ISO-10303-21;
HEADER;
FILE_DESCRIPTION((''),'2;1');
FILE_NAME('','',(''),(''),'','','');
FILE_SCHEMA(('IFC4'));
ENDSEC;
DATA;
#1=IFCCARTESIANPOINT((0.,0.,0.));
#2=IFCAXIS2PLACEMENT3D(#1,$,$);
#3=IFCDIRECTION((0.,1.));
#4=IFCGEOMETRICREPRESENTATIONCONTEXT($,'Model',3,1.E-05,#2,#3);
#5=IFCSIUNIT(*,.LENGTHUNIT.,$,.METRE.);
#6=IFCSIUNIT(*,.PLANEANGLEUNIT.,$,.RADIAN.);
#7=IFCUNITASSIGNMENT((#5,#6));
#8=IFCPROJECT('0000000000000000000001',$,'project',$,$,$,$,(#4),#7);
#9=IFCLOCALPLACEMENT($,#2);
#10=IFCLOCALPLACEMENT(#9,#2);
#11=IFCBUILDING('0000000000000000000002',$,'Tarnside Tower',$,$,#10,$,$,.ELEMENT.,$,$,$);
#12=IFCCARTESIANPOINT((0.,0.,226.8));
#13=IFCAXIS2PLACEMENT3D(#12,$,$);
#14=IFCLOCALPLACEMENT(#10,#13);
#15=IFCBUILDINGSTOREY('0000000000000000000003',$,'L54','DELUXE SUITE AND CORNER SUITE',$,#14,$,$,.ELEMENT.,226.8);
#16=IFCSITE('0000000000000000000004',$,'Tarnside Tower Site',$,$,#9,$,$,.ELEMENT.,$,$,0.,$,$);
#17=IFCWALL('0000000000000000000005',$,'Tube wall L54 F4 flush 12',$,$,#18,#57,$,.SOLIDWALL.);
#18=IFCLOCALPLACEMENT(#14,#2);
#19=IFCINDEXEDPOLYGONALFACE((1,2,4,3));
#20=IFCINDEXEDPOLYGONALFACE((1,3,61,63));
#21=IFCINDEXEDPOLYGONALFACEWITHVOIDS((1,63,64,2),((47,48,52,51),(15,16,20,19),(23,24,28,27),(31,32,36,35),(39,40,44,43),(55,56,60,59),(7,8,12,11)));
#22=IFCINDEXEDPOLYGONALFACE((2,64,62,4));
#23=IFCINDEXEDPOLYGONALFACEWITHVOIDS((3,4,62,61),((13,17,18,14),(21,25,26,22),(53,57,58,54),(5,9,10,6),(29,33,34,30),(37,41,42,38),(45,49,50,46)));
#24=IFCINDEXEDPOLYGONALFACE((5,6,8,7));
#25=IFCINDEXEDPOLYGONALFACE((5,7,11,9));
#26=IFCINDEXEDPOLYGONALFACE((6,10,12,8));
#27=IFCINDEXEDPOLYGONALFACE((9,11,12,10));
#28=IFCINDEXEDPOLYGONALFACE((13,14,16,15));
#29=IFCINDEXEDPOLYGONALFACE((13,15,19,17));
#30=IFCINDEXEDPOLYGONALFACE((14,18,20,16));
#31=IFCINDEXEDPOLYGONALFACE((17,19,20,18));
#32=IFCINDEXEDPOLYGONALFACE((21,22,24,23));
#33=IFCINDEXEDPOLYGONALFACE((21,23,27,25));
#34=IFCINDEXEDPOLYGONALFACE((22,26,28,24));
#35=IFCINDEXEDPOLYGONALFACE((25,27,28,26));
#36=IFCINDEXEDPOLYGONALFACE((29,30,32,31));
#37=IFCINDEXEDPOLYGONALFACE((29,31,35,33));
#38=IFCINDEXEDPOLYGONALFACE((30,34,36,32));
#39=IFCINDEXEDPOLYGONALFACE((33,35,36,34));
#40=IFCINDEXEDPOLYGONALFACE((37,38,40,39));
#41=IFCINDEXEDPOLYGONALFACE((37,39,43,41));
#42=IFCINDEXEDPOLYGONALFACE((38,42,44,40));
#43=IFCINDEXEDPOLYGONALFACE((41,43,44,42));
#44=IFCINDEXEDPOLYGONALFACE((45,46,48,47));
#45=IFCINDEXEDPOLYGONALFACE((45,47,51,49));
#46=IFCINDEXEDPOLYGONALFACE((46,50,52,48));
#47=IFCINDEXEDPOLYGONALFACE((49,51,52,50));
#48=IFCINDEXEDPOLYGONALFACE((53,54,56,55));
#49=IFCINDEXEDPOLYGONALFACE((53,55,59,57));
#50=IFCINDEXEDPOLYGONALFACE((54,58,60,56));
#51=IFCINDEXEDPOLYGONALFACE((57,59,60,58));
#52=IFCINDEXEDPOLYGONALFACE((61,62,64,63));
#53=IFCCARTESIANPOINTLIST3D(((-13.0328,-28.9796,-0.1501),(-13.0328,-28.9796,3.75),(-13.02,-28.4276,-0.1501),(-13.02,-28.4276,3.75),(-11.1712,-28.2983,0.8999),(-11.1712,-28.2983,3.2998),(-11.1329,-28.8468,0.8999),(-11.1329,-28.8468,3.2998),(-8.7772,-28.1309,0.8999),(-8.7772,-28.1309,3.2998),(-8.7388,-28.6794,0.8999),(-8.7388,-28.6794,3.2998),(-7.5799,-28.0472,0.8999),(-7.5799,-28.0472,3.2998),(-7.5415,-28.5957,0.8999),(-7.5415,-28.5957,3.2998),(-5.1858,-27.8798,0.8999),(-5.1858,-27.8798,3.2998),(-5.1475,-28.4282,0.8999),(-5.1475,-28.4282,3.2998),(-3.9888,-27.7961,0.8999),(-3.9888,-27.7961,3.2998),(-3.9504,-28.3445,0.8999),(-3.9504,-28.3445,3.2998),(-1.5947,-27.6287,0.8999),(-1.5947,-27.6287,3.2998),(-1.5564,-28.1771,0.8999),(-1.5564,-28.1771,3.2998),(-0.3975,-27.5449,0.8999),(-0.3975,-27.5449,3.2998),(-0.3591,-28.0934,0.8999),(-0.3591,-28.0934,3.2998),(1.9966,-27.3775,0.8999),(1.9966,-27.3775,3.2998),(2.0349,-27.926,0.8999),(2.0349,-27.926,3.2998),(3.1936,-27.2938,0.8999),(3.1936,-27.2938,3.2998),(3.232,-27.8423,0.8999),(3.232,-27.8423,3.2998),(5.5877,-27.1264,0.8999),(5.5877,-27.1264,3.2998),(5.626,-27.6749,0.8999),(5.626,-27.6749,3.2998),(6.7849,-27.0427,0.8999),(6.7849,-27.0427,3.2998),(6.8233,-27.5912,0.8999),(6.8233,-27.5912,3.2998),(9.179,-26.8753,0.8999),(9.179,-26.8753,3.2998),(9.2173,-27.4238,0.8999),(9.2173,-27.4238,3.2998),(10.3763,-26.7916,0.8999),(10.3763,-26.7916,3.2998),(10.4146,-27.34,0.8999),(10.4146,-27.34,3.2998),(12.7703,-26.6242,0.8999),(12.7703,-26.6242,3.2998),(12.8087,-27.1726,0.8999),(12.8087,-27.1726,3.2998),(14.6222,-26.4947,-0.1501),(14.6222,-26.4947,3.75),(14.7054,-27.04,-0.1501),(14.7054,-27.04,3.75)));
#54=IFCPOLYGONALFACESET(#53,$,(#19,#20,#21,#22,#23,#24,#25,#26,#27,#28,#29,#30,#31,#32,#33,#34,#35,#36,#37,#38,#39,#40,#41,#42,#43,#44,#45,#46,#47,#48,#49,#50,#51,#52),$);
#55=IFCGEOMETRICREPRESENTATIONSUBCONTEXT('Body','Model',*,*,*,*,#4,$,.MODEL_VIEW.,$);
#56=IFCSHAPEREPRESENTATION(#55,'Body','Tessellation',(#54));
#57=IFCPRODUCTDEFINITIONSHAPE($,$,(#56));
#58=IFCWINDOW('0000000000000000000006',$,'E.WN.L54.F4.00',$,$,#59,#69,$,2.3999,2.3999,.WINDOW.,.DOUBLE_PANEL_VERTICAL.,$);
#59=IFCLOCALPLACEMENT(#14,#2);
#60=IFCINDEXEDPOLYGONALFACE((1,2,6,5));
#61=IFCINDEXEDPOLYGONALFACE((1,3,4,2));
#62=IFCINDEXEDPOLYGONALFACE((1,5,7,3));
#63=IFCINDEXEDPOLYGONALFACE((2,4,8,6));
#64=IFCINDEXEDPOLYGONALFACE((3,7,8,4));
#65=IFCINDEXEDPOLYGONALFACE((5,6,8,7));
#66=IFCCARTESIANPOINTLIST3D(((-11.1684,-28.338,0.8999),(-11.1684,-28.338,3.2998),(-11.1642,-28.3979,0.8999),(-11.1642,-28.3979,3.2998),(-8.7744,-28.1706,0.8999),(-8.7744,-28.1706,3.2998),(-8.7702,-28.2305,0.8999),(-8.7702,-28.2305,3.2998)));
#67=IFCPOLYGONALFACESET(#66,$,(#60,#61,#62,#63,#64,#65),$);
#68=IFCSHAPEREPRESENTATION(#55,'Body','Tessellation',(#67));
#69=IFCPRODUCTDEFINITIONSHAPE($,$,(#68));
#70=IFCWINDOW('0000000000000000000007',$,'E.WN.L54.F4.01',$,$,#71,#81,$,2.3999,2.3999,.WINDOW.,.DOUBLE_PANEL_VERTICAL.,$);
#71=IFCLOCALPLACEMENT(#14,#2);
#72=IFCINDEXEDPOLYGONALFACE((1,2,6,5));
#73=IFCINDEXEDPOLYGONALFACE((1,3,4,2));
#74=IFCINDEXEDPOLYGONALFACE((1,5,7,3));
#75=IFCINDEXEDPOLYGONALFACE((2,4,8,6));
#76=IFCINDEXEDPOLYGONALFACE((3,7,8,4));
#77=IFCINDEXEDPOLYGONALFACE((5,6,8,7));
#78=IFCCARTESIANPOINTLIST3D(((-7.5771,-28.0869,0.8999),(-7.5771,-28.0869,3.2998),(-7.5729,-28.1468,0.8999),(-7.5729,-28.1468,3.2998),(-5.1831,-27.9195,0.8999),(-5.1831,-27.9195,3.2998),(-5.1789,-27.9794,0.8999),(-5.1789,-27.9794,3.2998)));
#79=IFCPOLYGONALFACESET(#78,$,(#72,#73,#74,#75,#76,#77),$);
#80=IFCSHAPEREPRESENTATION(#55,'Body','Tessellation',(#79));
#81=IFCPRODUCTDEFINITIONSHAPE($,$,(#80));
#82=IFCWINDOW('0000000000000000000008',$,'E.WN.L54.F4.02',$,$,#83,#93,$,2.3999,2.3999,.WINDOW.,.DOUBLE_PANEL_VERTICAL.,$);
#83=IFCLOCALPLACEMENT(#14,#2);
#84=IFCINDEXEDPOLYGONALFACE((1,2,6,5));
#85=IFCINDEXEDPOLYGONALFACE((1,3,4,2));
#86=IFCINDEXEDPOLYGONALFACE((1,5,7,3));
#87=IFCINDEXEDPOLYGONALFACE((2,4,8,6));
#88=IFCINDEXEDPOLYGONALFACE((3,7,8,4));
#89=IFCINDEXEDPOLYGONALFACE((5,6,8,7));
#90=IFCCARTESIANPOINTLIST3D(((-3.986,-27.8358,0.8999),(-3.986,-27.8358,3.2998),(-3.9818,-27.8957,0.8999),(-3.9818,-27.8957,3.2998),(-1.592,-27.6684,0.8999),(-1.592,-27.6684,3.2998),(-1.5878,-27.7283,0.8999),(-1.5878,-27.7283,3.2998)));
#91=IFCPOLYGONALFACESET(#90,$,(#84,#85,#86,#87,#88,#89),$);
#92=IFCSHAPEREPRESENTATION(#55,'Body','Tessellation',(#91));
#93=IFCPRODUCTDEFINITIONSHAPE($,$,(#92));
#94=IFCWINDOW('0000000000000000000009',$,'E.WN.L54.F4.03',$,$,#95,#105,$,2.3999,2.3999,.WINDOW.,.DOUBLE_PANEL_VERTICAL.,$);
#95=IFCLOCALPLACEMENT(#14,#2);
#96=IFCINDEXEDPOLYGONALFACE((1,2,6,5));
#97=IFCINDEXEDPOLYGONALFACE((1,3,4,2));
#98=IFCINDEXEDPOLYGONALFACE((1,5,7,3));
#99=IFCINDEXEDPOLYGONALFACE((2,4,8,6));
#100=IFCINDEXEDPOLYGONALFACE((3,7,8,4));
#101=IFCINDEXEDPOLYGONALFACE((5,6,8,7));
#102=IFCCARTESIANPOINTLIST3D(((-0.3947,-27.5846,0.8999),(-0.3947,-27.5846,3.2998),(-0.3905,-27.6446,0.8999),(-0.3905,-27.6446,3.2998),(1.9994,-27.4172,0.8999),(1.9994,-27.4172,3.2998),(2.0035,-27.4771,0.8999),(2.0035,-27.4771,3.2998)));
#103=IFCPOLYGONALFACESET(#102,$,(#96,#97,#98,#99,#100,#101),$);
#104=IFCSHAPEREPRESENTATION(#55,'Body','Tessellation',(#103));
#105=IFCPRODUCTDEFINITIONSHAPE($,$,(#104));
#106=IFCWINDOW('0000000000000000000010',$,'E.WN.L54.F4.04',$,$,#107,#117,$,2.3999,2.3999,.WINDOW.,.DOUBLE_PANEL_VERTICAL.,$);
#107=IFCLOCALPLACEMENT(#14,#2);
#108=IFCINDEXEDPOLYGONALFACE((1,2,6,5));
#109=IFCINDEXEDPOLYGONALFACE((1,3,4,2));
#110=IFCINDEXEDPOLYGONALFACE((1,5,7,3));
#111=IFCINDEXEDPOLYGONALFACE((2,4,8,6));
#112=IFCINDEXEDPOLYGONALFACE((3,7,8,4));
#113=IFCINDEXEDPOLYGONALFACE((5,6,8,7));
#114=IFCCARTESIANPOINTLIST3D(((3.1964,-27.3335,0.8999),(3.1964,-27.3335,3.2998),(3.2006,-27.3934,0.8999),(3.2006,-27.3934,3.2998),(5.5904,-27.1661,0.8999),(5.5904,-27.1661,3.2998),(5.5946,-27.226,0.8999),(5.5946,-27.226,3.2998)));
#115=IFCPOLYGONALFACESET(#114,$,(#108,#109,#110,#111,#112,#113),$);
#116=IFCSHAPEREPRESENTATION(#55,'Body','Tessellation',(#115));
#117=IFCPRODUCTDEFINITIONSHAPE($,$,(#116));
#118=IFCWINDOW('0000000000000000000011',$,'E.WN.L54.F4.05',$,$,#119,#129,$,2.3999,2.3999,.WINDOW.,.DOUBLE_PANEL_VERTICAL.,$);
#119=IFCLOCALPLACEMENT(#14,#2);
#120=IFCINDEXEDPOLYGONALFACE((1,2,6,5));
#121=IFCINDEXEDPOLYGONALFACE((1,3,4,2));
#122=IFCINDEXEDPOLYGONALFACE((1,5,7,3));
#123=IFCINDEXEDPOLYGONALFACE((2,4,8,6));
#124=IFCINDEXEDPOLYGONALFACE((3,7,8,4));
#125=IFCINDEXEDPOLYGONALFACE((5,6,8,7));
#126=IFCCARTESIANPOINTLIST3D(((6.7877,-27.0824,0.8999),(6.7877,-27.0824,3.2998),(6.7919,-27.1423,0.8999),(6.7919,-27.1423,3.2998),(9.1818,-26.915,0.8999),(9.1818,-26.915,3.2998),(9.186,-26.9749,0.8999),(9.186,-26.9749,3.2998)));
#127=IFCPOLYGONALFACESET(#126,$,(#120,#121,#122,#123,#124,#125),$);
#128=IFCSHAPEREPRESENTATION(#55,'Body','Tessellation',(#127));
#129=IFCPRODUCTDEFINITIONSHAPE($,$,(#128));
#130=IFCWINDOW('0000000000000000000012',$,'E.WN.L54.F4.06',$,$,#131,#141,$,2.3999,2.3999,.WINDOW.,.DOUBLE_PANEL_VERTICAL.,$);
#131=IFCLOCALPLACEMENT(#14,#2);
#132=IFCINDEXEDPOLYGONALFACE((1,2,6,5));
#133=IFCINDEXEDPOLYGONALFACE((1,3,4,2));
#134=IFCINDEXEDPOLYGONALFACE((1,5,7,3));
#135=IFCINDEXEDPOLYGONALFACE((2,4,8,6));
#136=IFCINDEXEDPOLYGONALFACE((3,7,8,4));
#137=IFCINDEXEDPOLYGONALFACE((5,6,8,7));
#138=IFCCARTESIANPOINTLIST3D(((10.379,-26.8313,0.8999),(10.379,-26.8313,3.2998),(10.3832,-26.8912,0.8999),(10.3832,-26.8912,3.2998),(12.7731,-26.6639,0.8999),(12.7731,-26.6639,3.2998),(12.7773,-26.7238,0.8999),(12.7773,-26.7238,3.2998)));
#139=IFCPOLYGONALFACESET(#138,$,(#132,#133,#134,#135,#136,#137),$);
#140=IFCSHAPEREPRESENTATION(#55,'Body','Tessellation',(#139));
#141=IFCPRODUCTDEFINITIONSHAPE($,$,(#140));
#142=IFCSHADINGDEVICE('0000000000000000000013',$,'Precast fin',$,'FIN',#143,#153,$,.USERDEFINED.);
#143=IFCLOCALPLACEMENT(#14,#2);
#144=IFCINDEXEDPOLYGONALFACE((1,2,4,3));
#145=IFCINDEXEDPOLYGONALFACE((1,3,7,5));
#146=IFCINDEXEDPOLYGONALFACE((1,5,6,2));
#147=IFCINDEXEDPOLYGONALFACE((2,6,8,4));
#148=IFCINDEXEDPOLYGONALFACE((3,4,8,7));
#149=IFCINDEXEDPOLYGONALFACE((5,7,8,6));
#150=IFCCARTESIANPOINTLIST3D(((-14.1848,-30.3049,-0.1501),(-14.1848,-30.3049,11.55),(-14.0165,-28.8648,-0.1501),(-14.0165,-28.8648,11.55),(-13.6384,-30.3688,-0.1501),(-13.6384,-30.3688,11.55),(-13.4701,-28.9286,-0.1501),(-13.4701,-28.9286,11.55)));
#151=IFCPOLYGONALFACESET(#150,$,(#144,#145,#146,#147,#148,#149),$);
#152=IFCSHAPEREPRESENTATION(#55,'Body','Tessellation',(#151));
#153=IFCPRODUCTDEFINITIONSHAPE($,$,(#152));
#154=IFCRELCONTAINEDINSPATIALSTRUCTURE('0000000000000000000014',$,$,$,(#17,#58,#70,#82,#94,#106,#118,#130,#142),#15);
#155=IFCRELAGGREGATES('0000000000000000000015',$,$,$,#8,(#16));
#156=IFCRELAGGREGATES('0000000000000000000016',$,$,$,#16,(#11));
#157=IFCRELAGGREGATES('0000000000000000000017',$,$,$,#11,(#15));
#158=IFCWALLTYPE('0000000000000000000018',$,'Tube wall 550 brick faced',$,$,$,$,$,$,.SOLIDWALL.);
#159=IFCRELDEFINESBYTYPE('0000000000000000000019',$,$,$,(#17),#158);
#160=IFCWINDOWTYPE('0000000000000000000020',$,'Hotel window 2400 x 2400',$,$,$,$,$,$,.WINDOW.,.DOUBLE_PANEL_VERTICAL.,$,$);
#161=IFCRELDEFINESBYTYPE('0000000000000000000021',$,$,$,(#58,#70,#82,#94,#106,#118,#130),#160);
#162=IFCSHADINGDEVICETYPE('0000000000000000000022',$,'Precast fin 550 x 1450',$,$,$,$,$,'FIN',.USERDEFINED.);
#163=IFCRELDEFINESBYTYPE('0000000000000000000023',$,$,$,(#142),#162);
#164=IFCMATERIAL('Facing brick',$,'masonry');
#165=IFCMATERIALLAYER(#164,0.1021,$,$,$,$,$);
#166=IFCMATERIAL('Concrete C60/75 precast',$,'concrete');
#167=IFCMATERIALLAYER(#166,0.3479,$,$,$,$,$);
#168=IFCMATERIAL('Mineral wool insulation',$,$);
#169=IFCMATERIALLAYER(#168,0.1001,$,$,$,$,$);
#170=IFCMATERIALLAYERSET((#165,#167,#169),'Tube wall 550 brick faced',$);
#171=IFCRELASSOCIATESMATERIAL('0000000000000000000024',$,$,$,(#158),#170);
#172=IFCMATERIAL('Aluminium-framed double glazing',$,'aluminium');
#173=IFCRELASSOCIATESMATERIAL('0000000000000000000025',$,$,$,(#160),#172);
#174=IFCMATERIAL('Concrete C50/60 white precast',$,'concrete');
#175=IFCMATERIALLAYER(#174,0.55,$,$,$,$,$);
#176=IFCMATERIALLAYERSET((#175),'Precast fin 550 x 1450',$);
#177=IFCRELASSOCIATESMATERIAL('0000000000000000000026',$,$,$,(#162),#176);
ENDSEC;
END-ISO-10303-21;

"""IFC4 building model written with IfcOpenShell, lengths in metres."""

from ifc_helpers import new_model, si_unit, direction, frame, frame_2d, origin, place, context, subcontext, project, spatial, polyline, rectangle, outline, extrude, material, layer, layer_set, type_object, element, fill, save


model = new_model("IFC4")

# Units and contexts
model_context = context("Model", 3, precision=1e-05, world=origin(), true_north=direction((0.0, 1.0)))
body_context = subcontext(model_context, "Body", "Model", "MODEL_VIEW")
ifc_project = project(units=[si_unit("LENGTHUNIT", "METRE"), si_unit("PLANEANGLEUNIT", "RADIAN")], contexts=[model_context])

# Site, building, storey
site_placement = place(None, origin())
site = spatial("IfcSite", under=ifc_project, at=site_placement, Name="Tarnside Tower Site", CompositionType="ELEMENT", RefElevation=0.0)
building_placement = place(site_placement, origin())
building = spatial("IfcBuilding", under=site, at=building_placement, Name="Tarnside Tower", CompositionType="ELEMENT")
storey_placement = place(building_placement, frame((0.0, 0.0, 226.8)))
storey = spatial("IfcBuildingStorey", under=building, at=storey_placement, Name="L54", Description="DELUXE SUITE AND CORNER SUITE", CompositionType="ELEMENT", Elevation=226.8)

# Shared definitions
ifc_material_1 = material(Name="Facing brick", Category="masonry")
ifc_layer_1 = layer(ifc_material_1, 0.1021)
ifc_material_2 = material(Name="Concrete C60/75 precast", Category="concrete")
ifc_layer_2 = layer(ifc_material_2, 0.3479)
ifc_material_3 = material(Name="Mineral wool insulation")
ifc_layer_3 = layer(ifc_material_3, 0.1001)
ifc_layer_set_1 = layer_set([ifc_layer_1, ifc_layer_2, ifc_layer_3], Name="Tube wall 550 brick faced")
wall_type_1 = type_object("IfcWallType", Name="Tube wall 550 brick faced", PredefinedType="SOLIDWALL", material=ifc_layer_set_1)

# Wall, openings, windows
wall_1_placement = place(storey_placement, frame((-13.0264, -28.7036, -0.1501), z_axis=(0.0, 0.0, 1.0), x_axis=(0.997564, 0.069756, 0.0)))
wall_1 = element("IfcWall", 1, at=wall_1_placement, inside=storey, type_object=wall_type_1, Name="Tube wall L54 F4 flush 12", PredefinedType="SOLIDWALL", context=body_context, shape_type="SweptSolid", body=[
    extrude(outline(polyline([(-0.0256, -0.2749), (27.7803, -0.2749), (27.7354, 0.2749), (0.0256, 0.2749), (-0.0256, -0.2749)])), origin(), (0.0, 0.0, 1.0), 3.9001),
])
opening_1_placement = place(wall_1_placement, frame((1.8789, 0.0, 1.05)))
opening_1 = element("IfcOpeningElement", 2, at=opening_1_placement, cuts=wall_1, PredefinedType="OPENING", context=body_context, shape_type="SweptSolid", body=[
    extrude(rectangle(XDim=2.3999, YDim=2.3999, at=frame_2d((1.2, 1.2))), frame((0.0, 0.2852, 0.0), z_axis=(0.0, -1.0, 0.0), x_axis=(1.0, 0.0, 0.0)), (0.0, 0.0, 1.0), 0.5701),
])
opening_2_placement = place(wall_1_placement, frame((5.479, 0.0, 1.05)))
opening_2 = element("IfcOpeningElement", 3, at=opening_2_placement, cuts=wall_1, PredefinedType="OPENING", context=body_context, shape_type="SweptSolid", body=[
    extrude(rectangle(XDim=2.3999, YDim=2.3999, at=frame_2d((1.2, 1.2))), frame((0.0, 0.2852, 0.0), z_axis=(0.0, -1.0, 0.0), x_axis=(1.0, 0.0, 0.0)), (0.0, 0.0, 1.0), 0.5701),
])
opening_3_placement = place(wall_1_placement, frame((9.0789, 0.0, 1.05)))
opening_3 = element("IfcOpeningElement", 4, at=opening_3_placement, cuts=wall_1, PredefinedType="OPENING", context=body_context, shape_type="SweptSolid", body=[
    extrude(rectangle(XDim=2.3999, YDim=2.3999, at=frame_2d((1.2, 1.2))), frame((0.0, 0.2852, 0.0), z_axis=(0.0, -1.0, 0.0), x_axis=(1.0, 0.0, 0.0)), (0.0, 0.0, 1.0), 0.5701),
])
opening_4_placement = place(wall_1_placement, frame((12.679, 0.0, 1.05)))
opening_4 = element("IfcOpeningElement", 5, at=opening_4_placement, cuts=wall_1, PredefinedType="OPENING", context=body_context, shape_type="SweptSolid", body=[
    extrude(rectangle(XDim=2.3999, YDim=2.3999, at=frame_2d((1.2, 1.2))), frame((0.0, 0.2852, 0.0), z_axis=(0.0, -1.0, 0.0), x_axis=(1.0, 0.0, 0.0)), (0.0, 0.0, 1.0), 0.5701),
])
opening_5_placement = place(wall_1_placement, frame((16.2788, 0.0, 1.05)))
opening_5 = element("IfcOpeningElement", 6, at=opening_5_placement, cuts=wall_1, PredefinedType="OPENING", context=body_context, shape_type="SweptSolid", body=[
    extrude(rectangle(XDim=2.3999, YDim=2.3999, at=frame_2d((1.2, 1.2))), frame((0.0, 0.2852, 0.0), z_axis=(0.0, -1.0, 0.0), x_axis=(1.0, 0.0, 0.0)), (0.0, 0.0, 1.0), 0.5701),
])
opening_6_placement = place(wall_1_placement, frame((19.8789, 0.0, 1.05)))
opening_6 = element("IfcOpeningElement", 7, at=opening_6_placement, cuts=wall_1, PredefinedType="OPENING", context=body_context, shape_type="SweptSolid", body=[
    extrude(rectangle(XDim=2.3999, YDim=2.3999, at=frame_2d((1.2, 1.2))), frame((0.0, 0.2852, 0.0), z_axis=(0.0, -1.0, 0.0), x_axis=(1.0, 0.0, 0.0)), (0.0, 0.0, 1.0), 0.5701),
])
opening_7_placement = place(wall_1_placement, frame((23.479, 0.0, 1.05)))
opening_7 = element("IfcOpeningElement", 8, at=opening_7_placement, cuts=wall_1, PredefinedType="OPENING", context=body_context, shape_type="SweptSolid", body=[
    extrude(rectangle(XDim=2.3999, YDim=2.3999, at=frame_2d((1.2, 1.2))), frame((0.0, 0.2852, 0.0), z_axis=(0.0, -1.0, 0.0), x_axis=(1.0, 0.0, 0.0)), (0.0, 0.0, 1.0), 0.5701),
])
ifc_material_4 = material(Name="Aluminium-framed double glazing", Category="aluminium")
window_type = type_object("IfcWindowType", Name="Hotel window 2400 x 2400", PartitioningType="DOUBLE_PANEL_VERTICAL", PredefinedType="WINDOW", material=ifc_material_4)
window_1_placement = place(opening_1_placement, frame((0.0, 0.2051, 0.0)))
window_1 = element("IfcWindow", 9, at=window_1_placement, inside=storey, type_object=window_type, Name="E.WN.L54.F4.00", OverallHeight=2.3999, OverallWidth=2.3999, PartitioningType="DOUBLE_PANEL_VERTICAL", PredefinedType="WINDOW", context=body_context, shape_type="SweptSolid", body=[
    extrude(rectangle(XDim=2.3999, YDim=2.3999, at=frame_2d((1.2, 1.2))), frame((0.0, 0.03, 0.0), z_axis=(0.0, -1.0, 0.0), x_axis=(1.0, 0.0, 0.0)), (0.0, 0.0, 1.0), 0.0601),
])
fill(opening_1, window_1)
window_2_placement = place(opening_2_placement, frame((0.0, 0.2051, 0.0)))
window_2 = element("IfcWindow", 10, at=window_2_placement, inside=storey, type_object=window_type, Name="E.WN.L54.F4.01", OverallHeight=2.3999, OverallWidth=2.3999, PartitioningType="DOUBLE_PANEL_VERTICAL", PredefinedType="WINDOW", context=body_context, shape_type="SweptSolid", body=[
    extrude(rectangle(XDim=2.3999, YDim=2.3999, at=frame_2d((1.2, 1.2))), frame((0.0, 0.03, 0.0), z_axis=(0.0, -1.0, 0.0), x_axis=(1.0, 0.0, 0.0)), (0.0, 0.0, 1.0), 0.0601),
])
fill(opening_2, window_2)
window_3_placement = place(opening_3_placement, frame((0.0, 0.2051, 0.0)))
window_3 = element("IfcWindow", 11, at=window_3_placement, inside=storey, type_object=window_type, Name="E.WN.L54.F4.02", OverallHeight=2.3999, OverallWidth=2.3999, PartitioningType="DOUBLE_PANEL_VERTICAL", PredefinedType="WINDOW", context=body_context, shape_type="SweptSolid", body=[
    extrude(rectangle(XDim=2.3999, YDim=2.3999, at=frame_2d((1.2, 1.2))), frame((0.0, 0.03, 0.0), z_axis=(0.0, -1.0, 0.0), x_axis=(1.0, 0.0, 0.0)), (0.0, 0.0, 1.0), 0.0601),
])
fill(opening_3, window_3)
window_4_placement = place(opening_4_placement, frame((0.0, 0.2051, 0.0)))
window_4 = element("IfcWindow", 12, at=window_4_placement, inside=storey, type_object=window_type, Name="E.WN.L54.F4.03", OverallHeight=2.3999, OverallWidth=2.3999, PartitioningType="DOUBLE_PANEL_VERTICAL", PredefinedType="WINDOW", context=body_context, shape_type="SweptSolid", body=[
    extrude(rectangle(XDim=2.3999, YDim=2.3999, at=frame_2d((1.2, 1.2))), frame((0.0, 0.03, 0.0), z_axis=(0.0, -1.0, 0.0), x_axis=(1.0, 0.0, 0.0)), (0.0, 0.0, 1.0), 0.0601),
])
fill(opening_4, window_4)
window_5_placement = place(opening_5_placement, frame((0.0, 0.2051, 0.0)))
window_5 = element("IfcWindow", 13, at=window_5_placement, inside=storey, type_object=window_type, Name="E.WN.L54.F4.04", OverallHeight=2.3999, OverallWidth=2.3999, PartitioningType="DOUBLE_PANEL_VERTICAL", PredefinedType="WINDOW", context=body_context, shape_type="SweptSolid", body=[
    extrude(rectangle(XDim=2.3999, YDim=2.3999, at=frame_2d((1.2, 1.2))), frame((0.0, 0.03, 0.0), z_axis=(0.0, -1.0, 0.0), x_axis=(1.0, 0.0, 0.0)), (0.0, 0.0, 1.0), 0.0601),
])
fill(opening_5, window_5)
window_6_placement = place(opening_6_placement, frame((0.0, 0.2051, 0.0)))
window_6 = element("IfcWindow", 14, at=window_6_placement, inside=storey, type_object=window_type, Name="E.WN.L54.F4.05", OverallHeight=2.3999, OverallWidth=2.3999, PartitioningType="DOUBLE_PANEL_VERTICAL", PredefinedType="WINDOW", context=body_context, shape_type="SweptSolid", body=[
    extrude(rectangle(XDim=2.3999, YDim=2.3999, at=frame_2d((1.2, 1.2))), frame((0.0, 0.03, 0.0), z_axis=(0.0, -1.0, 0.0), x_axis=(1.0, 0.0, 0.0)), (0.0, 0.0, 1.0), 0.0601),
])
fill(opening_6, window_6)
window_7_placement = place(opening_7_placement, frame((0.0, 0.2051, 0.0)))
window_7 = element("IfcWindow", 15, at=window_7_placement, inside=storey, type_object=window_type, Name="E.WN.L54.F4.06", OverallHeight=2.3999, OverallWidth=2.3999, PartitioningType="DOUBLE_PANEL_VERTICAL", PredefinedType="WINDOW", context=body_context, shape_type="SweptSolid", body=[
    extrude(rectangle(XDim=2.3999, YDim=2.3999, at=frame_2d((1.2, 1.2))), frame((0.0, 0.03, 0.0), z_axis=(0.0, -1.0, 0.0), x_axis=(1.0, 0.0, 0.0)), (0.0, 0.0, 1.0), 0.0601),
])
fill(opening_7, window_7)

# Shading device
ifc_material_5 = material(Name="Concrete C50/60 white precast", Category="concrete")
ifc_layer_4 = layer(ifc_material_5, 0.55)
ifc_layer_set_2 = layer_set([ifc_layer_4], Name="Precast fin 550 x 1450")
shading_device_type_1 = type_object("IfcShadingDeviceType", Name="Precast fin 550 x 1450", ElementType="FIN", PredefinedType="USERDEFINED", material=ifc_layer_set_2)
shading_device_placement = place(storey_placement, frame((-13.7432, -28.8967, -0.1501), z_axis=(-0.993238, 0.116093, 0.0), x_axis=(-0.116093, -0.993238, 0.0)))
element("IfcShadingDevice", 16, at=shading_device_placement, inside=storey, type_object=shading_device_type_1, Name="Precast fin", ObjectType="FIN", PredefinedType="USERDEFINED", context=body_context, shape_type="SweptSolid", body=[
    extrude(outline(polyline([(0.0, 0.0), (1.45, 0.0), (1.45, 11.7002), (0.0, 11.7002), (0.0, 0.0)])), frame((0.0, 0.0, -0.2749)), (0.0, 0.0, 1.0), 0.55),
])

save(model, "model.ifc")
